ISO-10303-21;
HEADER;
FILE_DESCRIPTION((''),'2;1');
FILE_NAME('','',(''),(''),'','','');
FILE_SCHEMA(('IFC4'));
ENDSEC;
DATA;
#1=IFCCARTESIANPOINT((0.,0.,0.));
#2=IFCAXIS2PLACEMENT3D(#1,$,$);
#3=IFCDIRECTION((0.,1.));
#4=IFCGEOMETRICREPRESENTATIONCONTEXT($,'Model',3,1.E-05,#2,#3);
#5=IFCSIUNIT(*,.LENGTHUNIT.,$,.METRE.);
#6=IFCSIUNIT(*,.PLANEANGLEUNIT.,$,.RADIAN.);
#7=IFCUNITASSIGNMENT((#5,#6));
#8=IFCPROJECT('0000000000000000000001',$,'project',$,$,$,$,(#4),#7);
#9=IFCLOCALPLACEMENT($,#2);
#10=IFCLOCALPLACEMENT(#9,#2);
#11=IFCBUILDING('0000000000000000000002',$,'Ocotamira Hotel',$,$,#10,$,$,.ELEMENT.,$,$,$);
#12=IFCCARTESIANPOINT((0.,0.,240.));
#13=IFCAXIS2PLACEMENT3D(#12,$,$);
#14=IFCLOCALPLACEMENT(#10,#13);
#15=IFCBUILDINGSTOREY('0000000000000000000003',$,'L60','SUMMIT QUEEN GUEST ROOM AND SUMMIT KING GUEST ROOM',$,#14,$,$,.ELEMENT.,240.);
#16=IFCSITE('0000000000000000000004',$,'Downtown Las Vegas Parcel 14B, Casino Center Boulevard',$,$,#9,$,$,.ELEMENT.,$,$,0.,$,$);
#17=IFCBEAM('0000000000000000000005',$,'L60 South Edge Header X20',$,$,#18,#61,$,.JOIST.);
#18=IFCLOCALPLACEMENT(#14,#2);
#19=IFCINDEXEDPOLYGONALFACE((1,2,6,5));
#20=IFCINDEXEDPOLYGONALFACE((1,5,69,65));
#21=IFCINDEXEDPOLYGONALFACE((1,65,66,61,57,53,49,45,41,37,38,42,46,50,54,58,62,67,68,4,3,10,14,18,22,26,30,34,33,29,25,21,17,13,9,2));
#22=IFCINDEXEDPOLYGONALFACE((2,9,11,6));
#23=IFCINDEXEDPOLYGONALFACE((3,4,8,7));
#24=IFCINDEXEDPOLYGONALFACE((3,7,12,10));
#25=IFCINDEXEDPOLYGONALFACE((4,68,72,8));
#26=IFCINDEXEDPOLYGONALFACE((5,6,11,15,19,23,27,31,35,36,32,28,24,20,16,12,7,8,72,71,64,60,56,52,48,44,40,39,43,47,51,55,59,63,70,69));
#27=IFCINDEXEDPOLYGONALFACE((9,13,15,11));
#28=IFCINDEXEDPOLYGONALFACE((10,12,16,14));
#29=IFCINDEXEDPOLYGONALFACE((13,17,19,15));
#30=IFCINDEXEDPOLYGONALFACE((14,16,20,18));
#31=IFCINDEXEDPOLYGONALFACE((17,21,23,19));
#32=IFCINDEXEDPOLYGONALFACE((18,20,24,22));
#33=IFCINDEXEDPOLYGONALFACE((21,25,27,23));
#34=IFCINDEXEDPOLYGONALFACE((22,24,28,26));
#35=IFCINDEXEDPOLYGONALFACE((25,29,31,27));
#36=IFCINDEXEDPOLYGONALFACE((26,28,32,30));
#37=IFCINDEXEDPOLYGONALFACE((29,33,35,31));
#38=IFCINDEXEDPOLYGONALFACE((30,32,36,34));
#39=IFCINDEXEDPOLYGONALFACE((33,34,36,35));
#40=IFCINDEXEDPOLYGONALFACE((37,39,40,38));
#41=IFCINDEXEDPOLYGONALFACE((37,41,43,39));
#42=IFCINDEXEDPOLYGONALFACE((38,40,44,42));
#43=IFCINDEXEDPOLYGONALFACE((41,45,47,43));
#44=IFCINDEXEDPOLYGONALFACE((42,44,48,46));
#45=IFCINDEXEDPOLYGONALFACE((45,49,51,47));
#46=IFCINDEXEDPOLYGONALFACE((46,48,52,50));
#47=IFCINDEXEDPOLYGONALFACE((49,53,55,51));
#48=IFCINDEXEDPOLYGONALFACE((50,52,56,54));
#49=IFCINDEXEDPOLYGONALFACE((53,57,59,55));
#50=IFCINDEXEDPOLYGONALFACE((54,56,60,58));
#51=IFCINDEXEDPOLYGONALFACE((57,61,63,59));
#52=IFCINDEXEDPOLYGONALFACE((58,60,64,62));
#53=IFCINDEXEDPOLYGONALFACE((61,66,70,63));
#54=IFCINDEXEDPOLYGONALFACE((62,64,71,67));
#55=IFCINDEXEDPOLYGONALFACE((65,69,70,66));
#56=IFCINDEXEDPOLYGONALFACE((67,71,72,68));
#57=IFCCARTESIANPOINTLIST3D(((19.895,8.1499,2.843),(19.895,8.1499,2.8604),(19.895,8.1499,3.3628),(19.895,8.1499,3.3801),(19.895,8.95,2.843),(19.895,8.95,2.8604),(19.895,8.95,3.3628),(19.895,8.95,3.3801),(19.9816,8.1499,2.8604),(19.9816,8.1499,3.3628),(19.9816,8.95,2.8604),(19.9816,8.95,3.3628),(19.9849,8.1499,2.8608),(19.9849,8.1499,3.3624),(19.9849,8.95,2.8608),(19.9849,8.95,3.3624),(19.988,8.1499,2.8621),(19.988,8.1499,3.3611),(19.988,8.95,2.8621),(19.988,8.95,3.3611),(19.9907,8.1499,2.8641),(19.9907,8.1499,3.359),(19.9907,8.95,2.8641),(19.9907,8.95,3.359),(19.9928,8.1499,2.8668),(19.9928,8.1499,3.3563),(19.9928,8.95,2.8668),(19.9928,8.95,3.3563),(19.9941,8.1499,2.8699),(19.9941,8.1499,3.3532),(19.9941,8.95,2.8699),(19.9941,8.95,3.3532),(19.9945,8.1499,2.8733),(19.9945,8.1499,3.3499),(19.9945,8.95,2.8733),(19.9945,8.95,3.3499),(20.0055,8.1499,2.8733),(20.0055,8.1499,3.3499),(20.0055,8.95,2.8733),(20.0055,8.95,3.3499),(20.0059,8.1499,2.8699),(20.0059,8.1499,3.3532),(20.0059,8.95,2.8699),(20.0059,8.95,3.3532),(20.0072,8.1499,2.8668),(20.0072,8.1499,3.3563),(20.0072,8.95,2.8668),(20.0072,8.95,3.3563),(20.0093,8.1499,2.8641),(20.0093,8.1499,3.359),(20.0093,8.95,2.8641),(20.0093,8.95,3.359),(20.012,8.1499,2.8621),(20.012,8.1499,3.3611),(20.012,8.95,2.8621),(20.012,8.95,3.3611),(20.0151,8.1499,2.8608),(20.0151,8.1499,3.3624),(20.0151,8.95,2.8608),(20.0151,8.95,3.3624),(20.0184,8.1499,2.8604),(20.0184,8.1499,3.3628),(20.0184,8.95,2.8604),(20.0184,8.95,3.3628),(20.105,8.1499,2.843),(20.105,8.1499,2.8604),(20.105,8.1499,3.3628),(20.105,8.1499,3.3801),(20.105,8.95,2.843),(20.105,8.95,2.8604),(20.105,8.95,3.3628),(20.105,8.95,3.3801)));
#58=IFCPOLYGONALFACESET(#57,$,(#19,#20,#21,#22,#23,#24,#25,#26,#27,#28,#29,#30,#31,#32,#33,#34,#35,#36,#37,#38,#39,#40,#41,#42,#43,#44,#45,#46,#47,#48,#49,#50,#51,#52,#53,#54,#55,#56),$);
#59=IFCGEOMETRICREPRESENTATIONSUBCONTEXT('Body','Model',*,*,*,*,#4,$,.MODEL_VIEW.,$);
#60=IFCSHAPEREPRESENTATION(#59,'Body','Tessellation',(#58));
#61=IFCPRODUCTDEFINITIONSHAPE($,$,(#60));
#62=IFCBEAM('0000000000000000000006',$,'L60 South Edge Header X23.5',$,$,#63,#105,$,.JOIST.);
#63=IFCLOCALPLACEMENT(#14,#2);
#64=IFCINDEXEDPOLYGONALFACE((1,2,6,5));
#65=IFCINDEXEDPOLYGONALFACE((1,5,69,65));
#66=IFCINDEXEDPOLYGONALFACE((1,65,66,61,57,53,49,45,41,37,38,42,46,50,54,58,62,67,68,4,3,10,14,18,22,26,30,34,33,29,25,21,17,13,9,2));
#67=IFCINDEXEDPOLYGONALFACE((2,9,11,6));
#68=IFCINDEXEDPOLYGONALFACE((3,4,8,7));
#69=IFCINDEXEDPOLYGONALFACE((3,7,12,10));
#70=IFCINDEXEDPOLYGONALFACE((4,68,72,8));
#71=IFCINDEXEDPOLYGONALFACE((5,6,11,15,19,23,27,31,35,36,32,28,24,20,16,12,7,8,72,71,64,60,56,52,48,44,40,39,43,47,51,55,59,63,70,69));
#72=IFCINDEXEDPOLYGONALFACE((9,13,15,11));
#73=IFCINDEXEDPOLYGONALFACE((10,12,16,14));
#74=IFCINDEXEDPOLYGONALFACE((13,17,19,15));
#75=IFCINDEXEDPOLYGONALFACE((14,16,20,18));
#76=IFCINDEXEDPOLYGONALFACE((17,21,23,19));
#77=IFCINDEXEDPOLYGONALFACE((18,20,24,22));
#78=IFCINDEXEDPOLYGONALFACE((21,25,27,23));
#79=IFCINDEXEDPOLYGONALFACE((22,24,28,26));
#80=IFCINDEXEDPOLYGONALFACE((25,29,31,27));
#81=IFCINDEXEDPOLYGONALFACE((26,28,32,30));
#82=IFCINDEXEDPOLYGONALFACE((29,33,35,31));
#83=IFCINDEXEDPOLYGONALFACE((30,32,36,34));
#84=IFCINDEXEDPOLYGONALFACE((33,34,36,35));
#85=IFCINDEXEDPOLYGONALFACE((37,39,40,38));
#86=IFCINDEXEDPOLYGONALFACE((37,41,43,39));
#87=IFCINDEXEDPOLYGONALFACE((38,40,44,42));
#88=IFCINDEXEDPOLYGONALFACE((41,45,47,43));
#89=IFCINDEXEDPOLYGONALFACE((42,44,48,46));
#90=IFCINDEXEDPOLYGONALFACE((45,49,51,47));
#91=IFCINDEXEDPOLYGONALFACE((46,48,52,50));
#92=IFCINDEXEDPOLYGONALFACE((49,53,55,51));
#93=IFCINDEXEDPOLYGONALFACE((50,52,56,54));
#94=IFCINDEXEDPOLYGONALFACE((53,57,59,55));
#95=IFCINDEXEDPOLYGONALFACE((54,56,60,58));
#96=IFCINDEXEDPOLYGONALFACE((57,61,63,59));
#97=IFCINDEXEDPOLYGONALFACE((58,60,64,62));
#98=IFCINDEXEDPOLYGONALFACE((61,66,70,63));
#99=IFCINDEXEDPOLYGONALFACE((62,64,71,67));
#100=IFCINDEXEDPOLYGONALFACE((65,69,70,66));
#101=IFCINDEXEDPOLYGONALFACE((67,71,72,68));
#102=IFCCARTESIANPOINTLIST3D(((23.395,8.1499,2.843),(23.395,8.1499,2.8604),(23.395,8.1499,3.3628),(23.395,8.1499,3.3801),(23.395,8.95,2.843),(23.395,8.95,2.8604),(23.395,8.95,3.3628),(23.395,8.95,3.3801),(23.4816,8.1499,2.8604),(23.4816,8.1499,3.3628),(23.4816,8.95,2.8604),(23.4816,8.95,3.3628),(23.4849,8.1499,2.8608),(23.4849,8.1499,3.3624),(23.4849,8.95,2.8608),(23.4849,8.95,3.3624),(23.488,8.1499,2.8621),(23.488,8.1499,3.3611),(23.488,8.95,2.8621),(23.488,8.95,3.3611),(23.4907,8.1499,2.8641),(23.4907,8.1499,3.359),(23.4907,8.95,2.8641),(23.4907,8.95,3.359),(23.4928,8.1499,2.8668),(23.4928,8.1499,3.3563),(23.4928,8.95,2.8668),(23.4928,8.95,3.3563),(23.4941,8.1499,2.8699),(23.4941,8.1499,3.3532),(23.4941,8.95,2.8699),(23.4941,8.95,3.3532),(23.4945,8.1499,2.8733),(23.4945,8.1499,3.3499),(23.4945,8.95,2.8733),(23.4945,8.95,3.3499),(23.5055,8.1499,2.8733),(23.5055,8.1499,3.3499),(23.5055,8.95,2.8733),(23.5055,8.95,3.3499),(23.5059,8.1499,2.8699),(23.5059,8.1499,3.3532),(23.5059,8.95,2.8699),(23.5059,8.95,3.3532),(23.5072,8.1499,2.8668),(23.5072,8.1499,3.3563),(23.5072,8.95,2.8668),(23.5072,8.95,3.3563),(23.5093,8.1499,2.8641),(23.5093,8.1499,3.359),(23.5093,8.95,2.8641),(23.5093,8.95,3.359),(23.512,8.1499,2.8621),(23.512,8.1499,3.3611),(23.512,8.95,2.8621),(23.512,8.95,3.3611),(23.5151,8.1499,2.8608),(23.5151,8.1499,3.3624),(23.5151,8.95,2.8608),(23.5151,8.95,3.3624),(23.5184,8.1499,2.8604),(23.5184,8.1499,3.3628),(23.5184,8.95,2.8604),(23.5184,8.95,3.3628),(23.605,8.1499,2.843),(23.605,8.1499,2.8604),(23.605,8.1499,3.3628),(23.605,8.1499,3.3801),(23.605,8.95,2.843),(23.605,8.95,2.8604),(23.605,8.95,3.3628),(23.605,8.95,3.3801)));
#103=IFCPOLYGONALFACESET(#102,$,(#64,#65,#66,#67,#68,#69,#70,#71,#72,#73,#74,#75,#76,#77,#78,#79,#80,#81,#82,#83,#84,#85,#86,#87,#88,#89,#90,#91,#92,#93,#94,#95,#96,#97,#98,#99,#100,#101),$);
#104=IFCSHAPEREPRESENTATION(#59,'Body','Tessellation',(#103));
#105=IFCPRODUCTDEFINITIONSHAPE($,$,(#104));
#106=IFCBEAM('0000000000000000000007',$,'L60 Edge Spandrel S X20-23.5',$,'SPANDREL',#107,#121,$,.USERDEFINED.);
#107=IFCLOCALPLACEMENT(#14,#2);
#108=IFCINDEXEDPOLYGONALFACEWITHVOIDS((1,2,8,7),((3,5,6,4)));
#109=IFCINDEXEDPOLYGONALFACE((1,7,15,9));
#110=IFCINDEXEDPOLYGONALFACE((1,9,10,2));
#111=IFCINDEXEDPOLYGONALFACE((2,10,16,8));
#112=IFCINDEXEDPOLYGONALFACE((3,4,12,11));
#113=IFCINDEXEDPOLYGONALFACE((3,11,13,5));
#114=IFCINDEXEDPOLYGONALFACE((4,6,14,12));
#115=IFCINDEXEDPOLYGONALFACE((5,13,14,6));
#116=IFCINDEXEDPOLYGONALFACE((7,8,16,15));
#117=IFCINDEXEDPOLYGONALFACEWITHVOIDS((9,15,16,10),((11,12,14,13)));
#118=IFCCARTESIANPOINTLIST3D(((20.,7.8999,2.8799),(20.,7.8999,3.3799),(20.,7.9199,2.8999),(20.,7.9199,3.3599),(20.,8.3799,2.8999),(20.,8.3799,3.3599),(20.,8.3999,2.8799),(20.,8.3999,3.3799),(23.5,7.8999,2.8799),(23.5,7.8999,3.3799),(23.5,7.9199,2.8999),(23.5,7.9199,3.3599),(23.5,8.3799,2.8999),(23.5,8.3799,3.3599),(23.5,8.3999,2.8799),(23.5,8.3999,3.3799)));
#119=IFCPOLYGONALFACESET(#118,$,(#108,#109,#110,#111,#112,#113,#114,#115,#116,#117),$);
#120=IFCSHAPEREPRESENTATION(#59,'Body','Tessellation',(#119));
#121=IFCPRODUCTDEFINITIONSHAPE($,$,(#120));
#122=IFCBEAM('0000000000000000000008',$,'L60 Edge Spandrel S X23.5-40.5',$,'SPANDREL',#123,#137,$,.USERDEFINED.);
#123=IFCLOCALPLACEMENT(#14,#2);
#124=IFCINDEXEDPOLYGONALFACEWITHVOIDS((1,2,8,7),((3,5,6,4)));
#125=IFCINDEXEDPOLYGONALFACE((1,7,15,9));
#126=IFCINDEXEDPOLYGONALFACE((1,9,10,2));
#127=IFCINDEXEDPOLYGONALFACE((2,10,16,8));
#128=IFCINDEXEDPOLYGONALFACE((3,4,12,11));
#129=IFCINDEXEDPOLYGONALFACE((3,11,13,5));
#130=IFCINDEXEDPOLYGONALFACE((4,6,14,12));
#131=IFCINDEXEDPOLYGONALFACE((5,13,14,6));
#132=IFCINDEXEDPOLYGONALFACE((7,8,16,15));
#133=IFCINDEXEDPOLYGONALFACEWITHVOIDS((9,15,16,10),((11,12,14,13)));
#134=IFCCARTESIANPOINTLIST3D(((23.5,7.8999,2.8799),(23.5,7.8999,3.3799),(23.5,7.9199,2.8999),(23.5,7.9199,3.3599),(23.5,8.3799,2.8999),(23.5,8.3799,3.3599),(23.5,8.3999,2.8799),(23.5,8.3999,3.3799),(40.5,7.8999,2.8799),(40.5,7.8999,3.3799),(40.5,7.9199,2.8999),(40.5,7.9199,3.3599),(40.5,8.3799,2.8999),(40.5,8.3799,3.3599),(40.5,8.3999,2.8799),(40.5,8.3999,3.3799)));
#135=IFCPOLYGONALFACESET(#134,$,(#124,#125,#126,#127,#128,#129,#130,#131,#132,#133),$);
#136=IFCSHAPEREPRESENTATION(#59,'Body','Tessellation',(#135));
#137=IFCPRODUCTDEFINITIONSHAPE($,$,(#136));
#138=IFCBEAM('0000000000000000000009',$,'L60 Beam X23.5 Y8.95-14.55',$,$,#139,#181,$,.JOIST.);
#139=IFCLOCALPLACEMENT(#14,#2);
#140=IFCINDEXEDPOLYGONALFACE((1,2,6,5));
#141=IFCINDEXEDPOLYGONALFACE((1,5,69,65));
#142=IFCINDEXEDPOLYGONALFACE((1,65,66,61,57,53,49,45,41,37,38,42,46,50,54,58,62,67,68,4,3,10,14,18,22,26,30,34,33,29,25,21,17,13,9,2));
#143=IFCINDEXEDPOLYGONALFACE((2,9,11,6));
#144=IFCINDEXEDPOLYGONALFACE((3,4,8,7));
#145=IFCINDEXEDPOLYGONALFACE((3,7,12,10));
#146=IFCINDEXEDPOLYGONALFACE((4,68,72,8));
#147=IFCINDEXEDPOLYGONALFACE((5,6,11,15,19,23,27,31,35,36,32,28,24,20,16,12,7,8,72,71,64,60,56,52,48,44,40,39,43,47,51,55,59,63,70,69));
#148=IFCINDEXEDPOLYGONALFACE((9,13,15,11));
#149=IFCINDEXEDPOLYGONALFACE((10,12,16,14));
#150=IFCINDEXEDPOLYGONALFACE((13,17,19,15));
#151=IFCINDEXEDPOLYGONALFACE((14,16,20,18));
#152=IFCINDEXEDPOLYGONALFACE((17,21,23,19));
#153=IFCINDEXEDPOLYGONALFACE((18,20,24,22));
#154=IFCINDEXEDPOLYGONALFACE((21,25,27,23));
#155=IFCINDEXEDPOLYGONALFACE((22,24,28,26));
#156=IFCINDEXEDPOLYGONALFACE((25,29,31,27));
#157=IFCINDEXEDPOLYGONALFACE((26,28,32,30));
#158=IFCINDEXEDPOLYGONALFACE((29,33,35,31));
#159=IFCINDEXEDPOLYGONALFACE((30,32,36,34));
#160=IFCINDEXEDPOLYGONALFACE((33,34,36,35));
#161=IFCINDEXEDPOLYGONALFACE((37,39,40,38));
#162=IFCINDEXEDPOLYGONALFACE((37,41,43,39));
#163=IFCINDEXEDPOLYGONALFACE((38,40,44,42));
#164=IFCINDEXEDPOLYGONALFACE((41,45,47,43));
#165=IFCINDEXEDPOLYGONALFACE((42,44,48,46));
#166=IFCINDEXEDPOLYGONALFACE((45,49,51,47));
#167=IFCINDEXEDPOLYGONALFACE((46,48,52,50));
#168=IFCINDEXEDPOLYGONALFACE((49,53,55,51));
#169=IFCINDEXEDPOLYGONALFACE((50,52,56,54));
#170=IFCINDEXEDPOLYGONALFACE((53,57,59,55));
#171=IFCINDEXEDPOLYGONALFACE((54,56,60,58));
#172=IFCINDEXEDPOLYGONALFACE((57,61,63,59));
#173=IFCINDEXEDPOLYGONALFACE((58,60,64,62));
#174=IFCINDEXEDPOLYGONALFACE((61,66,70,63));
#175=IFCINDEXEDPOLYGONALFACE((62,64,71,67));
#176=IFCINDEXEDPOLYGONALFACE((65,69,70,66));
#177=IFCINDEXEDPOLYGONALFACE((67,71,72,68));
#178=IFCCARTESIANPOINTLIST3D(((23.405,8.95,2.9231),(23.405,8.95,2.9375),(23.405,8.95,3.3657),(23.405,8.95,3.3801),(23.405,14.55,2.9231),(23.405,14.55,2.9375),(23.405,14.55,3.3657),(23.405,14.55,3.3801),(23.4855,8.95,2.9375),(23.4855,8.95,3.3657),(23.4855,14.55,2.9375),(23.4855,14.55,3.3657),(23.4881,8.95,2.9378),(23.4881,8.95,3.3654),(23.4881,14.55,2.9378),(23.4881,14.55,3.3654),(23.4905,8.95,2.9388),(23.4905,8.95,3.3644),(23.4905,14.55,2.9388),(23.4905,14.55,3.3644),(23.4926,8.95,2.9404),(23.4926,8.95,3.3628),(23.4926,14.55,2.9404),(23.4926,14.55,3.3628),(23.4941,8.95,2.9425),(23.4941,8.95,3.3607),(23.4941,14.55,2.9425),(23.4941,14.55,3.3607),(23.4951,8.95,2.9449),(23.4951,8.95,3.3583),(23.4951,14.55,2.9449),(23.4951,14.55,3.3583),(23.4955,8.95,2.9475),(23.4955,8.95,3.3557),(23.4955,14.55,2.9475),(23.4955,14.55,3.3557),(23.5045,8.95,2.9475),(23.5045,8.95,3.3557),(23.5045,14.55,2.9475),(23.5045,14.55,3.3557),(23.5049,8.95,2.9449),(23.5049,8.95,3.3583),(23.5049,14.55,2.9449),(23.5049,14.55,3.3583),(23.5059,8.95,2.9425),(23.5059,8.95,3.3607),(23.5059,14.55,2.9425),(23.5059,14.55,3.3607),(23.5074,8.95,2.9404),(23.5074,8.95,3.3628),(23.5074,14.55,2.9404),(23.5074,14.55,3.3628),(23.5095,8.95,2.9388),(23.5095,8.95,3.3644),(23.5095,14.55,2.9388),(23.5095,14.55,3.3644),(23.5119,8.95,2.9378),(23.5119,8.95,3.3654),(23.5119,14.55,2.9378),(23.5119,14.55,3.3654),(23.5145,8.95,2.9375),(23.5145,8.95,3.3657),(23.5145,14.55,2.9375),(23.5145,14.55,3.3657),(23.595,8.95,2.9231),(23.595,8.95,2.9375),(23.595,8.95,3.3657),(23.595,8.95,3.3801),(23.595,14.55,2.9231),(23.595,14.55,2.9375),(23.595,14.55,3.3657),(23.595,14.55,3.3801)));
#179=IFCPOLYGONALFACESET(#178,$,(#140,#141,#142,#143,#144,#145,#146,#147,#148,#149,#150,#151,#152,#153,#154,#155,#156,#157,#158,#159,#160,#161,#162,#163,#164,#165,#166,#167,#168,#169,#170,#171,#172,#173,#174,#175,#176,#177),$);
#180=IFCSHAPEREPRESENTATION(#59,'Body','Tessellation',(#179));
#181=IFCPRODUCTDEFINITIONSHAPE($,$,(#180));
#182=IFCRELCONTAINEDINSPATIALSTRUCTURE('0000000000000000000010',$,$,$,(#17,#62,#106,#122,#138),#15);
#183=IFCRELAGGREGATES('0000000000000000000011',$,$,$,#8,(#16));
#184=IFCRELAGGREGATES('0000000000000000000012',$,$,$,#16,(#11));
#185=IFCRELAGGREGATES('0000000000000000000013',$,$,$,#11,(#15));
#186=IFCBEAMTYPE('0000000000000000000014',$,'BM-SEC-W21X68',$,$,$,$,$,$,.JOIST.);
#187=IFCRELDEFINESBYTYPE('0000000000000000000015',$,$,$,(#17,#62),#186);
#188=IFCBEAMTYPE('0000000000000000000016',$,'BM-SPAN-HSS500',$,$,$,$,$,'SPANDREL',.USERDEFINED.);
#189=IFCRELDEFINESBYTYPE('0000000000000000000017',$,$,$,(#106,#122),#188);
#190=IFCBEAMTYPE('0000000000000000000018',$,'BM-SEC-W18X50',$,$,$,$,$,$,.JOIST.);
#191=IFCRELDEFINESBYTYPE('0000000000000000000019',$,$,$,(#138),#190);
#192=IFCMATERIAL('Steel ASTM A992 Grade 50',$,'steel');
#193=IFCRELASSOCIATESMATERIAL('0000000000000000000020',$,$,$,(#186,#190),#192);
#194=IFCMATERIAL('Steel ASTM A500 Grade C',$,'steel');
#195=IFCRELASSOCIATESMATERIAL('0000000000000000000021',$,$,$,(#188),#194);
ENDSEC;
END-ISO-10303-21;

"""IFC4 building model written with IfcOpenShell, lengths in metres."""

from ifc_helpers import new_model, si_unit, direction, frame, origin, origin_2d, place, context, subcontext, project, spatial, hollow_rectangle, i_section, extrude, source, transform, mapped, material, material_profile, profile_set, type_object, element, save


model = new_model("IFC4")

# Units and contexts
model_context = context("Model", 3, precision=1e-05, world=origin(), true_north=direction((0.0, 1.0)))
body_context = subcontext(model_context, "Body", "Model", "MODEL_VIEW")
ifc_project = project(units=[si_unit("LENGTHUNIT", "METRE"), si_unit("PLANEANGLEUNIT", "RADIAN")], contexts=[model_context])

# Site, building, storey
site_placement = place(None, origin())
site = spatial("IfcSite", under=ifc_project, at=site_placement, Name="Downtown Las Vegas Parcel 14B, Casino Center Boulevard", CompositionType="ELEMENT", RefElevation=0.0)
building_placement = place(site_placement, origin())
building = spatial("IfcBuilding", under=site, at=building_placement, Name="Ocotamira Hotel", CompositionType="ELEMENT")
storey_placement = place(building_placement, frame((0.0, 0.0, 240.0)))
storey = spatial("IfcBuildingStorey", under=building, at=storey_placement, Name="L60", Description="SUMMIT QUEEN GUEST ROOM AND SUMMIT KING GUEST ROOM", CompositionType="ELEMENT", Elevation=240.0)

# Shared definitions
ifc_material_1 = material(Name="Steel ASTM A992 Grade 50", Category="steel")

# Beams
ifc_material_profile_1 = material_profile(ifc_material_1, i_section(OverallWidth=0.21, OverallDepth=0.5371, WebThickness=0.011, FlangeThickness=0.0173, FilletRadius=0.0129, at=origin_2d()), Name="W21X68")
ifc_profile_set_1 = profile_set([ifc_material_profile_1], Name="Steel ASTM A992 Grade 50")
beam_type_1 = type_object("IfcBeamType", Name="BM-SEC-W21X68", PredefinedType="JOIST", material=ifc_profile_set_1)
shared_shape_1 = source(origin(), body_context, "Body", "SweptSolid", [
    extrude(i_section(OverallWidth=0.21, OverallDepth=0.5371, WebThickness=0.011, FlangeThickness=0.0173, FilletRadius=0.0129, at=origin_2d()), origin(), (0.0, 0.0, 1.0), 0.8),
])
for number, where, z_axis, x_axis, name in (
    (1, (20.0, 8.95, 3.1116), (0.0, -1.0, 0.0), (1.0, 0.0, 0.0), "L60 South Edge Header X20"),
    (2, (23.5, 8.95, 3.1116), (0.0, -1.0, 0.0), (1.0, 0.0, 0.0), "L60 South Edge Header X23.5"),
):
    element("IfcBeam", number, at=place(storey_placement, frame(where, z_axis=z_axis, x_axis=x_axis)), inside=storey, type_object=beam_type_1, Name=name, PredefinedType="JOIST", context=body_context, shape_type="MappedRepresentation", body=[
        mapped(shared_shape_1, transform((0.0, 0.0, 0.0), scale=1.0)),
    ])
ifc_material_2 = material(Name="Steel ASTM A500 Grade C", Category="steel")
ifc_material_profile_2 = material_profile(ifc_material_2, hollow_rectangle(XDim=0.5, YDim=0.5, WallThickness=0.02, at=origin_2d()), Name="HSS500X500X20")
ifc_profile_set_2 = profile_set([ifc_material_profile_2], Name="Steel ASTM A500 Grade C")
beam_type_2 = type_object("IfcBeamType", Name="BM-SPAN-HSS500", ElementType="SPANDREL", PredefinedType="USERDEFINED", material=ifc_profile_set_2)
shared_shape_2 = source(origin(), body_context, "Body", "SweptSolid", [
    extrude(hollow_rectangle(XDim=0.5, YDim=0.5, WallThickness=0.02, at=origin_2d()), origin(), (0.0, 0.0, 1.0), 3.5),
])
beam_1_placement = place(storey_placement, frame((20.0, 8.1499, 3.1299), z_axis=(1.0, 0.0, 0.0), x_axis=(0.0, 1.0, 0.0)))
element("IfcBeam", 3, at=beam_1_placement, inside=storey, type_object=beam_type_2, Name="L60 Edge Spandrel S X20-23.5", ObjectType="SPANDREL", PredefinedType="USERDEFINED", context=body_context, shape_type="MappedRepresentation", body=[
    mapped(shared_shape_2, transform((0.0, 0.0, 0.0), scale=1.0)),
])
shared_shape_3 = source(origin(), body_context, "Body", "SweptSolid", [
    extrude(hollow_rectangle(XDim=0.5, YDim=0.5, WallThickness=0.02, at=origin_2d()), origin(), (0.0, 0.0, 1.0), 17.0),
])
beam_2_placement = place(storey_placement, frame((23.5, 8.1499, 3.1299), z_axis=(1.0, 0.0, 0.0), x_axis=(0.0, 1.0, 0.0)))
element("IfcBeam", 4, at=beam_2_placement, inside=storey, type_object=beam_type_2, Name="L60 Edge Spandrel S X23.5-40.5", ObjectType="SPANDREL", PredefinedType="USERDEFINED", context=body_context, shape_type="MappedRepresentation", body=[
    mapped(shared_shape_3, transform((0.0, 0.0, 0.0), scale=1.0)),
])
ifc_material_profile_3 = material_profile(ifc_material_1, i_section(OverallWidth=0.1899, OverallDepth=0.457, WebThickness=0.009, FlangeThickness=0.0144, FilletRadius=0.01, at=origin_2d()), Name="W18X50")
ifc_profile_set_3 = profile_set([ifc_material_profile_3], Name="Steel ASTM A992 Grade 50")
beam_type_3 = type_object("IfcBeamType", Name="BM-SEC-W18X50", PredefinedType="JOIST", material=ifc_profile_set_3)
shared_shape_4 = source(origin(), body_context, "Body", "SweptSolid", [
    extrude(i_section(OverallWidth=0.1899, OverallDepth=0.457, WebThickness=0.009, FlangeThickness=0.0144, FilletRadius=0.01, at=origin_2d()), origin(), (0.0, 0.0, 1.0), 5.6001),
])
beam_3_placement = place(storey_placement, frame((23.5, 8.95, 3.1516), z_axis=(0.0, 1.0, 0.0), x_axis=(-1.0, 0.0, 0.0)))
element("IfcBeam", 5, at=beam_3_placement, inside=storey, type_object=beam_type_3, Name="L60 Beam X23.5 Y8.95-14.55", PredefinedType="JOIST", context=body_context, shape_type="MappedRepresentation", body=[
    mapped(shared_shape_4, transform((0.0, 0.0, 0.0), scale=1.0)),
])

save(model, "model.ifc")
